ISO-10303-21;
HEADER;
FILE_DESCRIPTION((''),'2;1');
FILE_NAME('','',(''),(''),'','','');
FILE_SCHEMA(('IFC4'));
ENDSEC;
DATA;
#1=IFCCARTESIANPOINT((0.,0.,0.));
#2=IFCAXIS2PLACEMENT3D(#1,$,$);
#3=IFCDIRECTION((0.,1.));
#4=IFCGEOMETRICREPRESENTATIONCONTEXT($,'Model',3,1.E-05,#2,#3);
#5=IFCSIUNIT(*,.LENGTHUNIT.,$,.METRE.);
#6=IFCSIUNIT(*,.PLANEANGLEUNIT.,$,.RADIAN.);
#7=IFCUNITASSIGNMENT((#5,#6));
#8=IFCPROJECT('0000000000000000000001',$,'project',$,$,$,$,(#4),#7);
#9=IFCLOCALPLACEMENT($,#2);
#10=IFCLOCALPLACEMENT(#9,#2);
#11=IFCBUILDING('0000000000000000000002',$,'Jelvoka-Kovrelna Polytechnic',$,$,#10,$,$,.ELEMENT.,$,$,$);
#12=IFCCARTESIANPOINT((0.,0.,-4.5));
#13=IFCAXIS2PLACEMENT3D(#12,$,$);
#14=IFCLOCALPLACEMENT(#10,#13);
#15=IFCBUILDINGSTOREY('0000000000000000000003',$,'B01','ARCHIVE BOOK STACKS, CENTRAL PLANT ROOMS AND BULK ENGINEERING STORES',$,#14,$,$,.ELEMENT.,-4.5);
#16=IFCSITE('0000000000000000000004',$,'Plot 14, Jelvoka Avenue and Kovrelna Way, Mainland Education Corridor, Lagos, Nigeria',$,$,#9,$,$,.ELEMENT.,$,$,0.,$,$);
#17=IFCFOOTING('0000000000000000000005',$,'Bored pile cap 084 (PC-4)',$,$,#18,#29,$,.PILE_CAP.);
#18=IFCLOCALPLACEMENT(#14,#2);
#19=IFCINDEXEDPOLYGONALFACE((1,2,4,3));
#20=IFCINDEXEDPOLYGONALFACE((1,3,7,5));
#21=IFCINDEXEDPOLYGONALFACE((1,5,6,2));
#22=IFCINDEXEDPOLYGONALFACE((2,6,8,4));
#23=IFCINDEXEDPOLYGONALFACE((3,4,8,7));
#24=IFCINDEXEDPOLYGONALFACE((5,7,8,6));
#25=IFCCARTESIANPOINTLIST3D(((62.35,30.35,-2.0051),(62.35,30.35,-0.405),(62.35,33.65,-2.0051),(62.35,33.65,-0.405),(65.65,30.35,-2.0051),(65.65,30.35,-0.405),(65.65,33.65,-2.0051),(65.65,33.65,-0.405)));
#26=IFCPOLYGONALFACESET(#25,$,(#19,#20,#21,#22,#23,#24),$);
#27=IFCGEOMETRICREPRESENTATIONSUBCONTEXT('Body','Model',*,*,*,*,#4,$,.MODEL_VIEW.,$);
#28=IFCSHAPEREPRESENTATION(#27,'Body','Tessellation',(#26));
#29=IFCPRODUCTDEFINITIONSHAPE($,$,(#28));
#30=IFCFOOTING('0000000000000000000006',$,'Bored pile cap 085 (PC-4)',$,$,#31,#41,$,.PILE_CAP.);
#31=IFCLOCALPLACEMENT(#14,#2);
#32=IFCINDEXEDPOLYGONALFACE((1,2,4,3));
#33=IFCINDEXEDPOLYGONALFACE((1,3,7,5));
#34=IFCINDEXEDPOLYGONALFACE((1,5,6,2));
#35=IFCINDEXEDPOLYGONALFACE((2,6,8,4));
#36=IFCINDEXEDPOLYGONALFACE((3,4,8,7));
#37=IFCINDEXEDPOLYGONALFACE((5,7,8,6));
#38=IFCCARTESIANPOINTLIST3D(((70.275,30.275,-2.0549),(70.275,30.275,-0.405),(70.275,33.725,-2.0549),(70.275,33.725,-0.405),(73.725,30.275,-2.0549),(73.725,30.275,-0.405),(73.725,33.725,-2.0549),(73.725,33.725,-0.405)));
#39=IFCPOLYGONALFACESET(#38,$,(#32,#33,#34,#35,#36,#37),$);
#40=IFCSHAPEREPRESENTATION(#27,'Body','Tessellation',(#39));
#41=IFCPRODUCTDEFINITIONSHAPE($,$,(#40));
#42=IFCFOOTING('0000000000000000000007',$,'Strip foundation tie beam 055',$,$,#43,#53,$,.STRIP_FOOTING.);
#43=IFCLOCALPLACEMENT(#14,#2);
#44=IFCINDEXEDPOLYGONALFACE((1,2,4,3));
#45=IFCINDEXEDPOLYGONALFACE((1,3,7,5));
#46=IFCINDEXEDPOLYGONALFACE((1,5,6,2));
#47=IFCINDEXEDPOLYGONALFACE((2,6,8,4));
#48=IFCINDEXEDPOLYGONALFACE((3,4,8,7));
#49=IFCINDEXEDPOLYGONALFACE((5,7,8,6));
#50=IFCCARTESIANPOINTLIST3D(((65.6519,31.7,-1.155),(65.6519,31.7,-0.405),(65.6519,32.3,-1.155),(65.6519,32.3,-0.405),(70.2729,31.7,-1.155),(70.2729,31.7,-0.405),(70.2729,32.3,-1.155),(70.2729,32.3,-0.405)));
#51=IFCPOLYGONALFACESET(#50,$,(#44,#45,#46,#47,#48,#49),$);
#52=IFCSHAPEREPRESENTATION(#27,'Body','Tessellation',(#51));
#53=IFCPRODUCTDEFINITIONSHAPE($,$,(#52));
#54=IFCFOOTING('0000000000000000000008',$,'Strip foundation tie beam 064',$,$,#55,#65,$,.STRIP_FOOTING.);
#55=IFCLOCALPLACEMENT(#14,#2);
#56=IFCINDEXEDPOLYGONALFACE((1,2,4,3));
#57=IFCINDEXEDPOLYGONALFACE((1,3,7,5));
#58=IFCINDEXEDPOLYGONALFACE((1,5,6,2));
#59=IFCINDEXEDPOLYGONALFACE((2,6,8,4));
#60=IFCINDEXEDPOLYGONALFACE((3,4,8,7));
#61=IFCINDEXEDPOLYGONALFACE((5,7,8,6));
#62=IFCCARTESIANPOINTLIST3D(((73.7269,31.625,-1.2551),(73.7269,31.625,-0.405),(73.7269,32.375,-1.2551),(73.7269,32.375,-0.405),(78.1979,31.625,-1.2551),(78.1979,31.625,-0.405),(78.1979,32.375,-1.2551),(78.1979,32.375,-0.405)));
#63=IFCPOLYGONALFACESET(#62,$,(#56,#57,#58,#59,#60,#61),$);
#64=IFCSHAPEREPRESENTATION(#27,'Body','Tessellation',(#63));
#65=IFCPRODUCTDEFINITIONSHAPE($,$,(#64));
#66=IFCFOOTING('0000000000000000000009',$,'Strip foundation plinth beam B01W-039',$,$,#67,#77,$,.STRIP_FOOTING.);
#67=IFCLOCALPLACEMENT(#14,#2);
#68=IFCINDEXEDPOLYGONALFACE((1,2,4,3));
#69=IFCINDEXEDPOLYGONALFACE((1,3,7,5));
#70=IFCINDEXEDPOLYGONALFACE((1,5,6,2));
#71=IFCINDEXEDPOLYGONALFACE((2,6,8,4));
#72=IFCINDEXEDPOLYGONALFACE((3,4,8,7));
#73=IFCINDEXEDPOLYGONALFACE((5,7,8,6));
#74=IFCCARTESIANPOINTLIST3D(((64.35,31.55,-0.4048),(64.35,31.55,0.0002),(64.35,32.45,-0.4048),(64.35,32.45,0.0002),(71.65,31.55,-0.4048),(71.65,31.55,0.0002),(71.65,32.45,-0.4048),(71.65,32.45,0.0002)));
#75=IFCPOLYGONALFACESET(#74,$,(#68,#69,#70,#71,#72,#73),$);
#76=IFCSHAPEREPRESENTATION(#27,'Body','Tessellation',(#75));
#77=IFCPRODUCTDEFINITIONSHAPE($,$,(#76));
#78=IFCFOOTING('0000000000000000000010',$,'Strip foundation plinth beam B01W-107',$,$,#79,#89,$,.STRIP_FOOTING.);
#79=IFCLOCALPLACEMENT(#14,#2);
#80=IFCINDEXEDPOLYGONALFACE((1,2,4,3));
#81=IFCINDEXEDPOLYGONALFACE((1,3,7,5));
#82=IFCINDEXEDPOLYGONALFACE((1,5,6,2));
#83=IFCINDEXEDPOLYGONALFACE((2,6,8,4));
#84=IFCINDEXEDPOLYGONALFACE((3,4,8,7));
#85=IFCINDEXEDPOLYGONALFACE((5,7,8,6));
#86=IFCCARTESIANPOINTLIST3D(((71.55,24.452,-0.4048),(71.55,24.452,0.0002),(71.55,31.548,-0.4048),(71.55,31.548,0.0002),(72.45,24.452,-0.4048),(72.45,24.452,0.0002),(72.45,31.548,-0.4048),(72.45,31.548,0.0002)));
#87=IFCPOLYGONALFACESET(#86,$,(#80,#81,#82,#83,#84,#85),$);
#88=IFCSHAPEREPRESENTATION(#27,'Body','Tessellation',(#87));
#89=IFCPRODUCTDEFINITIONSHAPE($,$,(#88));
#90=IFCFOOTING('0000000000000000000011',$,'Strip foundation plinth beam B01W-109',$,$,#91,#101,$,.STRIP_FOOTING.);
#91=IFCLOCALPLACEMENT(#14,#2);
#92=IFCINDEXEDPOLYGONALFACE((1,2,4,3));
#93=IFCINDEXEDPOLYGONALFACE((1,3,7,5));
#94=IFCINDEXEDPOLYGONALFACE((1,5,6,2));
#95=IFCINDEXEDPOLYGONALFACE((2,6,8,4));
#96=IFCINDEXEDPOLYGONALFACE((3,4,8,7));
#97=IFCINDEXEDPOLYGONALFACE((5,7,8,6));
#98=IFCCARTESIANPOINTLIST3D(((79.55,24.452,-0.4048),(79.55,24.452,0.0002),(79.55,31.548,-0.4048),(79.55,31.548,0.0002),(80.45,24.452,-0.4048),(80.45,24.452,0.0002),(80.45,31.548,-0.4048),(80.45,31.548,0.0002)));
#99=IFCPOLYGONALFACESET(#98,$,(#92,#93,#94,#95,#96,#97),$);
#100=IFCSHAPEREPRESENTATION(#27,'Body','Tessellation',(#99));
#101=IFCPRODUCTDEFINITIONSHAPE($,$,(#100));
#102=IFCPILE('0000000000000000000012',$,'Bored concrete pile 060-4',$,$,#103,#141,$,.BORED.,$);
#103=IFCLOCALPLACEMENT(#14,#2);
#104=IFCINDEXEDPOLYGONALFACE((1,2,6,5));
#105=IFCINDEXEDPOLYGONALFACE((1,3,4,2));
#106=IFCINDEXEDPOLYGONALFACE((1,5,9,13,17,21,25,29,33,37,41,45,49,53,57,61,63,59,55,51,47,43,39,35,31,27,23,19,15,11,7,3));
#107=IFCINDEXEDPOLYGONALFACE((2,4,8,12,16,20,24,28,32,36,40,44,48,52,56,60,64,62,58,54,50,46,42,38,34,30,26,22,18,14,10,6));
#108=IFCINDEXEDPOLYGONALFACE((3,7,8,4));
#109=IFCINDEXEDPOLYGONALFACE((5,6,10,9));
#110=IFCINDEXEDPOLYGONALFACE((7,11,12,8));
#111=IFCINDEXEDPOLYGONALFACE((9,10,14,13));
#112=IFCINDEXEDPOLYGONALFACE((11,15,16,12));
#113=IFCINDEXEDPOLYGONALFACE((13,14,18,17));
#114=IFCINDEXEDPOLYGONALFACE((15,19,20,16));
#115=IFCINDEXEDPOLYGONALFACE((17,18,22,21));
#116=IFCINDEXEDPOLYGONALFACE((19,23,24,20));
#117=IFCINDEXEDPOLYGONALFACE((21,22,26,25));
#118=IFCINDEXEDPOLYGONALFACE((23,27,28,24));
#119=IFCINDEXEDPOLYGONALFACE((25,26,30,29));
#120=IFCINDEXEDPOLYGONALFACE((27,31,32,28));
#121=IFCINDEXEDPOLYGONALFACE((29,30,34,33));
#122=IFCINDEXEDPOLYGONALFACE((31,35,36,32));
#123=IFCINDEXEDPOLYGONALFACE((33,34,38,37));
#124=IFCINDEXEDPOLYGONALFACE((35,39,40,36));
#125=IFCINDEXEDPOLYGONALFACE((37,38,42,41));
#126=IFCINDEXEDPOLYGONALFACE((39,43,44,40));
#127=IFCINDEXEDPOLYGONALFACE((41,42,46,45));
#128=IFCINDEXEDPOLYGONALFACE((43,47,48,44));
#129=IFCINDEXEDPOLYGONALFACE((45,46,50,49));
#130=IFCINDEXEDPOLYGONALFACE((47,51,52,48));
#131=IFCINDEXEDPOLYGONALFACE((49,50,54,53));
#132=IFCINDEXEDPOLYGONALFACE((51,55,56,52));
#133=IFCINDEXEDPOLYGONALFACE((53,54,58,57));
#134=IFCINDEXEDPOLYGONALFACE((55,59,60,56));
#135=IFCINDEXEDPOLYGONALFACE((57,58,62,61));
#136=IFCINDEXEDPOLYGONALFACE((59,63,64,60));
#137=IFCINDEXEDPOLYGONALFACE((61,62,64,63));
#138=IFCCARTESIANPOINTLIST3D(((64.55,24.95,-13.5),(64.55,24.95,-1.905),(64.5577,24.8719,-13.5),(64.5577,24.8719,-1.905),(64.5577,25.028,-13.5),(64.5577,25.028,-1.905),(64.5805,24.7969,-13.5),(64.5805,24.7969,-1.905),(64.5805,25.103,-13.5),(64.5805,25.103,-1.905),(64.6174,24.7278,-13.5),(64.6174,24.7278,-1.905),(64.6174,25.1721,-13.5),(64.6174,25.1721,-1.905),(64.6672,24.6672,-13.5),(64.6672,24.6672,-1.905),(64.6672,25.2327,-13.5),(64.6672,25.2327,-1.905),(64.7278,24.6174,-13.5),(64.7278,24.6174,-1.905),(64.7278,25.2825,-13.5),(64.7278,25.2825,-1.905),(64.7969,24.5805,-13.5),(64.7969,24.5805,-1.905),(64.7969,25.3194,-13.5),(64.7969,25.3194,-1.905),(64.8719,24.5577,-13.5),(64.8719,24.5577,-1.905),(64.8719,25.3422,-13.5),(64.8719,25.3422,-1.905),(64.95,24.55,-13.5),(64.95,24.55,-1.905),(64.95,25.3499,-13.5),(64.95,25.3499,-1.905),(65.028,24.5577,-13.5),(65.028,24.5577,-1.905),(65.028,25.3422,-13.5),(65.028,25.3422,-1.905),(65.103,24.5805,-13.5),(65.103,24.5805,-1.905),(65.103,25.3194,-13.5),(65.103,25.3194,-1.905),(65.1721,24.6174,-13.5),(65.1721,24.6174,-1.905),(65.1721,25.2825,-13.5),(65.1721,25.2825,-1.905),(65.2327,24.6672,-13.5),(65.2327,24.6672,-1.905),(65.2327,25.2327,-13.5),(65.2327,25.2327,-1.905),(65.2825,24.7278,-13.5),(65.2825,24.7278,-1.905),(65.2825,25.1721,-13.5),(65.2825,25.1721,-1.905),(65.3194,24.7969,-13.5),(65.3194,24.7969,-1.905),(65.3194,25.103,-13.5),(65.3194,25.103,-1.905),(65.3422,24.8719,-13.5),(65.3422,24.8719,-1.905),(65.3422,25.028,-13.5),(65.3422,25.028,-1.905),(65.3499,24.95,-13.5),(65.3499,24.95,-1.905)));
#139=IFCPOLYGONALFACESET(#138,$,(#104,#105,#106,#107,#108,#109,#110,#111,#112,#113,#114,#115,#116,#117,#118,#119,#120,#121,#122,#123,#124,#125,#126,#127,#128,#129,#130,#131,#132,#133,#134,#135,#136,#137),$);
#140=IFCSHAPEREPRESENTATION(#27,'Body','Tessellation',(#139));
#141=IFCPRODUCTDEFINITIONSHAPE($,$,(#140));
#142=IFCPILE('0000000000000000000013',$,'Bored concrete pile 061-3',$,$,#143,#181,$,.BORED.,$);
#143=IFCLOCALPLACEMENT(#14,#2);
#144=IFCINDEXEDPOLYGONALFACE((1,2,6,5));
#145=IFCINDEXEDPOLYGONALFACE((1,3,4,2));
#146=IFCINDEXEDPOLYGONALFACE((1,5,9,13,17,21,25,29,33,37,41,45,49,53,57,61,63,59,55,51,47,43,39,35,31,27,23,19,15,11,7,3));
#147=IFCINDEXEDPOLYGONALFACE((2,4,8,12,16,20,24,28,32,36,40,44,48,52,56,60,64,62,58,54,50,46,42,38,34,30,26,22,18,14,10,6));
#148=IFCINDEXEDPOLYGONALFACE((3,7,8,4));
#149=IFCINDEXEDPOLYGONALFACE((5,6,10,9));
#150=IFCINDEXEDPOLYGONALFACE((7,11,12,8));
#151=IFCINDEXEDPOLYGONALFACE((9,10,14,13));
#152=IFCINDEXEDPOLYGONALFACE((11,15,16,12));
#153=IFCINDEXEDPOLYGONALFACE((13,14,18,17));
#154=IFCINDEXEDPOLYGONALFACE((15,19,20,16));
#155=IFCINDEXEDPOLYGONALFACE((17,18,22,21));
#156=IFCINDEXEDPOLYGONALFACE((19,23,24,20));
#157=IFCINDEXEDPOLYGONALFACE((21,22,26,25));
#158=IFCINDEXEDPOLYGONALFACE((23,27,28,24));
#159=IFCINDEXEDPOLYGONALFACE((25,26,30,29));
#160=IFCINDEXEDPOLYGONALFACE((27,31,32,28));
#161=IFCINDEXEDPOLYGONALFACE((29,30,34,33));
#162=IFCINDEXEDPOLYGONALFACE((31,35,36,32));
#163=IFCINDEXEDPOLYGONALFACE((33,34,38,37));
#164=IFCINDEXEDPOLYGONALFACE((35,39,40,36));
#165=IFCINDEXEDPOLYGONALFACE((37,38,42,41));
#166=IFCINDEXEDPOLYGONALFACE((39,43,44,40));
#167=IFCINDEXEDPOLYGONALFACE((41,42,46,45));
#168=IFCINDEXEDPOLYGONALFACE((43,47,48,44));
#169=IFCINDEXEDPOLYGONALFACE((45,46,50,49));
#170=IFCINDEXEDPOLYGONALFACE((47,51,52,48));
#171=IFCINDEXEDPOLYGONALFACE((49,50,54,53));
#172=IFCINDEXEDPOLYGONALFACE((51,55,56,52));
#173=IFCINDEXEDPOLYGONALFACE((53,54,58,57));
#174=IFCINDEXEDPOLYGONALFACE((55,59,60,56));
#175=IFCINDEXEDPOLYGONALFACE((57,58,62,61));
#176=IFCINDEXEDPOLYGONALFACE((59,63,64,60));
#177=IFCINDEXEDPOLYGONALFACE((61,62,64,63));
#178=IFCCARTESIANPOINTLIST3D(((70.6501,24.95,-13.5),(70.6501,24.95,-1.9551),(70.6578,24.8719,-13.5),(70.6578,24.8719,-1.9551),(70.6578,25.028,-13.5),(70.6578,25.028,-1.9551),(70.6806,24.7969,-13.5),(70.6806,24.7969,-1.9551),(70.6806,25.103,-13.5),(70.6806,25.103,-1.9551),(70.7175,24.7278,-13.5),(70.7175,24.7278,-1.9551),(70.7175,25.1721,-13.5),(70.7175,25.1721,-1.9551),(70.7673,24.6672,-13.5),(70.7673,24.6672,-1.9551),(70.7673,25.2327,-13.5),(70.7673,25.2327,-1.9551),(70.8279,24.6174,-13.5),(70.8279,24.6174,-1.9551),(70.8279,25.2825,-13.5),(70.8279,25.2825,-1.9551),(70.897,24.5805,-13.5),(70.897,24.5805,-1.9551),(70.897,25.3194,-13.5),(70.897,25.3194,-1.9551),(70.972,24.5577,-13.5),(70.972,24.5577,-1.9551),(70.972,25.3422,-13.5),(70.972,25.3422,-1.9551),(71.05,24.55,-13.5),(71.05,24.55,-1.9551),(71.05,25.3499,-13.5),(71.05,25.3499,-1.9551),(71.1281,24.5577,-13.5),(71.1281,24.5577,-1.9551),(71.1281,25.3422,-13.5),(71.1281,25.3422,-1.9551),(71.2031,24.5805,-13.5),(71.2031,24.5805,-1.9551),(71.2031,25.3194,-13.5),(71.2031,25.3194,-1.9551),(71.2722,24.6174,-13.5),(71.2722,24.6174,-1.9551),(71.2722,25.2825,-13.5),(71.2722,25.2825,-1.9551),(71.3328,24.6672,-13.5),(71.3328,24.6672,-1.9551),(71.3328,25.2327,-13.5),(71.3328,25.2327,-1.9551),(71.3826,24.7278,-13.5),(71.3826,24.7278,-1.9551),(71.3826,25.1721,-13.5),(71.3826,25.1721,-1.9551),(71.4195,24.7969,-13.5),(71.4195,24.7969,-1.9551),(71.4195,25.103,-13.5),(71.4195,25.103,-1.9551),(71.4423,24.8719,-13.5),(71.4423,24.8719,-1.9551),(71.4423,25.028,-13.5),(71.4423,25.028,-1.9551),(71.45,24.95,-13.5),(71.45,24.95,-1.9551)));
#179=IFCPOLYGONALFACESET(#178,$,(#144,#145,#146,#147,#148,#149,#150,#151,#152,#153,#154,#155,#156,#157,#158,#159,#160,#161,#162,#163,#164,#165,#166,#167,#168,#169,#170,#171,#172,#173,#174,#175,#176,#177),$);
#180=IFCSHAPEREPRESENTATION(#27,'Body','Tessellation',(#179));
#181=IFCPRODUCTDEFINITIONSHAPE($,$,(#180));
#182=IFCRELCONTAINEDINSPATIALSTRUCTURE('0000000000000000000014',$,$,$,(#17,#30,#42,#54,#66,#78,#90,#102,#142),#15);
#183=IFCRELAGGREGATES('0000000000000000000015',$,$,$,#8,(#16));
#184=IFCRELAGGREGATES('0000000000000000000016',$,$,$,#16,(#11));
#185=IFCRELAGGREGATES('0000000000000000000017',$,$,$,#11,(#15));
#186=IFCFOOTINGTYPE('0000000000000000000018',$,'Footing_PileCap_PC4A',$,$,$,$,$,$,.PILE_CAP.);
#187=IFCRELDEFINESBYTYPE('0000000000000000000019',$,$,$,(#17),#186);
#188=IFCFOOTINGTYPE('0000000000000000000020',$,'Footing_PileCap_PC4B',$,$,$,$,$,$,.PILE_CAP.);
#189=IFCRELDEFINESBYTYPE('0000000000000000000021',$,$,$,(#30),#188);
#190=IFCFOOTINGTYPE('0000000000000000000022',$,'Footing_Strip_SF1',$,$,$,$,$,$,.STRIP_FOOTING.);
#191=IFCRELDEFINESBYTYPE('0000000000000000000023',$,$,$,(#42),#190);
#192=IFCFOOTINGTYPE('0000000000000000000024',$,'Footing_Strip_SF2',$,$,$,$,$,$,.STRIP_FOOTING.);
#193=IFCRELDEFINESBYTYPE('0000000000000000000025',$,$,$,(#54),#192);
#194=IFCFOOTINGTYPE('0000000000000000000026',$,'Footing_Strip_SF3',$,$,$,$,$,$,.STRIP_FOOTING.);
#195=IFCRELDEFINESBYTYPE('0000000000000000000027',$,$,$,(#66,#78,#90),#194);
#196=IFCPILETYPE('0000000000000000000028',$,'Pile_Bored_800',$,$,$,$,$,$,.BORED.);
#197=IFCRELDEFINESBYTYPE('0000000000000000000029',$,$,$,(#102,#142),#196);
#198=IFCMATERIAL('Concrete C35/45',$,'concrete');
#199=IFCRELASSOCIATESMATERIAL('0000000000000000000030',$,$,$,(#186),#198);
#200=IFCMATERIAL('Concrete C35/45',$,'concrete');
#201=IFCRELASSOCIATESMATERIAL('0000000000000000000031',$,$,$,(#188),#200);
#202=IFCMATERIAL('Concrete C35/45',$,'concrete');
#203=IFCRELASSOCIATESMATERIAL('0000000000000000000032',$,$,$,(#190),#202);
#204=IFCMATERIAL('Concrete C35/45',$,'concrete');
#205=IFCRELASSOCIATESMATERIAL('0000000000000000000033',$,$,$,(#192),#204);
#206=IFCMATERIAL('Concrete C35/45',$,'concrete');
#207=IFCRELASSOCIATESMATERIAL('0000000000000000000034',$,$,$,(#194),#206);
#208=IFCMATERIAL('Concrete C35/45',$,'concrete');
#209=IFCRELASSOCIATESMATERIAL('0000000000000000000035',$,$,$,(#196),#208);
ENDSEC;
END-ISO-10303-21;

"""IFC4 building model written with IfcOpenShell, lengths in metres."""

from ifc_helpers import new_model, si_unit, direction, frame, origin, origin_2d, place, context, subcontext, project, spatial, rectangle, circle, extrude, material, material_profile, profile_set, type_object, element, save


model = new_model("IFC4")

# Units and contexts
model_context = context("Model", 3, precision=1e-05, world=origin(), true_north=direction((0.0, 1.0)))
body_context = subcontext(model_context, "Body", "Model", "MODEL_VIEW")
ifc_project = project(units=[si_unit("LENGTHUNIT", "METRE"), si_unit("PLANEANGLEUNIT", "RADIAN")], contexts=[model_context])

# Site, building, storey
site_placement = place(None, origin())
site = spatial("IfcSite", under=ifc_project, at=site_placement, Name="Plot 14, Jelvoka Avenue and Kovrelna Way, Mainland Education Corridor, Lagos, Nigeria", CompositionType="ELEMENT", RefElevation=0.0)
building_placement = place(site_placement, origin())
building = spatial("IfcBuilding", under=site, at=building_placement, Name="Jelvoka-Kovrelna Polytechnic", CompositionType="ELEMENT")
storey_placement = place(building_placement, frame((0.0, 0.0, -4.5)))
storey = spatial("IfcBuildingStorey", under=building, at=storey_placement, Name="B01", Description="ARCHIVE BOOK STACKS, CENTRAL PLANT ROOMS AND BULK ENGINEERING STORES", CompositionType="ELEMENT", Elevation=-4.5)

# Footings
ifc_material_1 = material(Name="Concrete C35/45", Category="concrete")
footing_type_1 = type_object("IfcFootingType", Name="Footing_PileCap_PC4A", PredefinedType="PILE_CAP", material=ifc_material_1)
footing_1_placement = place(storey_placement, frame((64.0, 32.0, -2.0051), z_axis=(0.0, 0.0, 1.0), x_axis=(1.0, 0.0, 0.0)))
element("IfcFooting", 1, at=footing_1_placement, inside=storey, type_object=footing_type_1, Name="Bored pile cap 084 (PC-4)", PredefinedType="PILE_CAP", context=body_context, shape_type="SweptSolid", body=[
    extrude(rectangle(XDim=3.3, YDim=3.3, at=origin_2d()), origin(), (0.0, 0.0, 1.0), 1.6001),
])
ifc_material_2 = material(Name="Concrete C35/45", Category="concrete")
footing_type_2 = type_object("IfcFootingType", Name="Footing_PileCap_PC4B", PredefinedType="PILE_CAP", material=ifc_material_2)
footing_2_placement = place(storey_placement, frame((72.0, 32.0, -2.0549), z_axis=(0.0, 0.0, 1.0), x_axis=(1.0, 0.0, 0.0)))
element("IfcFooting", 2, at=footing_2_placement, inside=storey, type_object=footing_type_2, Name="Bored pile cap 085 (PC-4)", PredefinedType="PILE_CAP", context=body_context, shape_type="SweptSolid", body=[
    extrude(rectangle(XDim=3.45, YDim=3.45, at=origin_2d()), origin(), (0.0, 0.0, 1.0), 1.6499),
])
ifc_material_3 = material(Name="Concrete C35/45", Category="concrete")
footing_type_3 = type_object("IfcFootingType", Name="Footing_Strip_SF1", PredefinedType="STRIP_FOOTING", material=ifc_material_3)
footing_3_placement = place(storey_placement, frame((67.9624, 32.0, -1.155), z_axis=(0.0, 0.0, 1.0), x_axis=(1.0, 0.0, 0.0)))
element("IfcFooting", 3, at=footing_3_placement, inside=storey, type_object=footing_type_3, Name="Strip foundation tie beam 055", PredefinedType="STRIP_FOOTING", context=body_context, shape_type="SweptSolid", body=[
    extrude(rectangle(XDim=4.6211, YDim=0.6001, at=origin_2d()), origin(), (0.0, 0.0, 1.0), 0.75),
])
ifc_material_4 = material(Name="Concrete C35/45", Category="concrete")
footing_type_4 = type_object("IfcFootingType", Name="Footing_Strip_SF2", PredefinedType="STRIP_FOOTING", material=ifc_material_4)
footing_4_placement = place(storey_placement, frame((75.9624, 32.0, -1.2551), z_axis=(0.0, 0.0, 1.0), x_axis=(1.0, 0.0, 0.0)))
element("IfcFooting", 4, at=footing_4_placement, inside=storey, type_object=footing_type_4, Name="Strip foundation tie beam 064", PredefinedType="STRIP_FOOTING", context=body_context, shape_type="SweptSolid", body=[
    extrude(rectangle(XDim=4.4709, YDim=0.75, at=origin_2d()), origin(), (0.0, 0.0, 1.0), 0.8501),
])
ifc_material_5 = material(Name="Concrete C35/45", Category="concrete")
footing_type_5 = type_object("IfcFootingType", Name="Footing_Strip_SF3", PredefinedType="STRIP_FOOTING", material=ifc_material_5)
footing_5_placement = place(storey_placement, frame((68.0, 32.0, -0.4048), z_axis=(0.0, 0.0, 1.0), x_axis=(1.0, 0.0, 0.0)))
element("IfcFooting", 5, at=footing_5_placement, inside=storey, type_object=footing_type_5, Name="Strip foundation plinth beam B01W-039", PredefinedType="STRIP_FOOTING", context=body_context, shape_type="SweptSolid", body=[
    extrude(rectangle(XDim=7.3, YDim=0.8999, at=origin_2d()), origin(), (0.0, 0.0, 1.0), 0.405),
])
for number, where, z_axis, x_axis, name in (
    (6, (72.0, 28.0, -0.4048), (0.0, 0.0, 1.0), (0.0, 1.0, 0.0), "Strip foundation plinth beam B01W-107"),
    (7, (80.0, 28.0, -0.4048), (0.0, 0.0, 1.0), (0.0, 1.0, 0.0), "Strip foundation plinth beam B01W-109"),
):
    element("IfcFooting", number, at=place(storey_placement, frame(where, z_axis=z_axis, x_axis=x_axis)), inside=storey, type_object=footing_type_5, Name=name, PredefinedType="STRIP_FOOTING", context=body_context, shape_type="SweptSolid", body=[
        extrude(rectangle(XDim=7.0959, YDim=0.8999, at=origin_2d()), origin(), (0.0, 0.0, 1.0), 0.405),
    ])

# Piles
ifc_material_6 = material(Name="Concrete C35/45", Category="concrete")
ifc_material_profile_1 = material_profile(ifc_material_6, circle(Radius=0.3999, at=origin_2d()), Name="PILE D800")
ifc_profile_set_1 = profile_set([ifc_material_profile_1], Name="Concrete C35/45")
pile_type = type_object("IfcPileType", Name="Pile_Bored_800", PredefinedType="BORED", material=ifc_profile_set_1)
pile_1_placement = place(storey_placement, frame((64.95, 24.95, -1.905), z_axis=(0.0, 0.0, -1.0), x_axis=(1.0, 0.0, 0.0)))
element("IfcPile", 8, at=pile_1_placement, inside=storey, type_object=pile_type, Name="Bored concrete pile 060-4", PredefinedType="BORED", context=body_context, shape_type="SweptSolid", body=[
    extrude(circle(Radius=0.3999, at=origin_2d()), origin(), (0.0, 0.0, 1.0), 11.595),
])
for number, where, z_axis, x_axis, name in (
    (9, (71.05, 24.95, -1.9551), (0.0, 0.0, -1.0), (1.0, 0.0, 0.0), "Bored concrete pile 061-3"),
):
    element("IfcPile", number, at=place(storey_placement, frame(where, z_axis=z_axis, x_axis=x_axis)), inside=storey, type_object=pile_type, Name=name, PredefinedType="BORED", context=body_context, shape_type="SweptSolid", body=[
        extrude(circle(Radius=0.3999, at=origin_2d()), origin(), (0.0, 0.0, 1.0), 11.5449),
    ])

save(model, "model.ifc")
